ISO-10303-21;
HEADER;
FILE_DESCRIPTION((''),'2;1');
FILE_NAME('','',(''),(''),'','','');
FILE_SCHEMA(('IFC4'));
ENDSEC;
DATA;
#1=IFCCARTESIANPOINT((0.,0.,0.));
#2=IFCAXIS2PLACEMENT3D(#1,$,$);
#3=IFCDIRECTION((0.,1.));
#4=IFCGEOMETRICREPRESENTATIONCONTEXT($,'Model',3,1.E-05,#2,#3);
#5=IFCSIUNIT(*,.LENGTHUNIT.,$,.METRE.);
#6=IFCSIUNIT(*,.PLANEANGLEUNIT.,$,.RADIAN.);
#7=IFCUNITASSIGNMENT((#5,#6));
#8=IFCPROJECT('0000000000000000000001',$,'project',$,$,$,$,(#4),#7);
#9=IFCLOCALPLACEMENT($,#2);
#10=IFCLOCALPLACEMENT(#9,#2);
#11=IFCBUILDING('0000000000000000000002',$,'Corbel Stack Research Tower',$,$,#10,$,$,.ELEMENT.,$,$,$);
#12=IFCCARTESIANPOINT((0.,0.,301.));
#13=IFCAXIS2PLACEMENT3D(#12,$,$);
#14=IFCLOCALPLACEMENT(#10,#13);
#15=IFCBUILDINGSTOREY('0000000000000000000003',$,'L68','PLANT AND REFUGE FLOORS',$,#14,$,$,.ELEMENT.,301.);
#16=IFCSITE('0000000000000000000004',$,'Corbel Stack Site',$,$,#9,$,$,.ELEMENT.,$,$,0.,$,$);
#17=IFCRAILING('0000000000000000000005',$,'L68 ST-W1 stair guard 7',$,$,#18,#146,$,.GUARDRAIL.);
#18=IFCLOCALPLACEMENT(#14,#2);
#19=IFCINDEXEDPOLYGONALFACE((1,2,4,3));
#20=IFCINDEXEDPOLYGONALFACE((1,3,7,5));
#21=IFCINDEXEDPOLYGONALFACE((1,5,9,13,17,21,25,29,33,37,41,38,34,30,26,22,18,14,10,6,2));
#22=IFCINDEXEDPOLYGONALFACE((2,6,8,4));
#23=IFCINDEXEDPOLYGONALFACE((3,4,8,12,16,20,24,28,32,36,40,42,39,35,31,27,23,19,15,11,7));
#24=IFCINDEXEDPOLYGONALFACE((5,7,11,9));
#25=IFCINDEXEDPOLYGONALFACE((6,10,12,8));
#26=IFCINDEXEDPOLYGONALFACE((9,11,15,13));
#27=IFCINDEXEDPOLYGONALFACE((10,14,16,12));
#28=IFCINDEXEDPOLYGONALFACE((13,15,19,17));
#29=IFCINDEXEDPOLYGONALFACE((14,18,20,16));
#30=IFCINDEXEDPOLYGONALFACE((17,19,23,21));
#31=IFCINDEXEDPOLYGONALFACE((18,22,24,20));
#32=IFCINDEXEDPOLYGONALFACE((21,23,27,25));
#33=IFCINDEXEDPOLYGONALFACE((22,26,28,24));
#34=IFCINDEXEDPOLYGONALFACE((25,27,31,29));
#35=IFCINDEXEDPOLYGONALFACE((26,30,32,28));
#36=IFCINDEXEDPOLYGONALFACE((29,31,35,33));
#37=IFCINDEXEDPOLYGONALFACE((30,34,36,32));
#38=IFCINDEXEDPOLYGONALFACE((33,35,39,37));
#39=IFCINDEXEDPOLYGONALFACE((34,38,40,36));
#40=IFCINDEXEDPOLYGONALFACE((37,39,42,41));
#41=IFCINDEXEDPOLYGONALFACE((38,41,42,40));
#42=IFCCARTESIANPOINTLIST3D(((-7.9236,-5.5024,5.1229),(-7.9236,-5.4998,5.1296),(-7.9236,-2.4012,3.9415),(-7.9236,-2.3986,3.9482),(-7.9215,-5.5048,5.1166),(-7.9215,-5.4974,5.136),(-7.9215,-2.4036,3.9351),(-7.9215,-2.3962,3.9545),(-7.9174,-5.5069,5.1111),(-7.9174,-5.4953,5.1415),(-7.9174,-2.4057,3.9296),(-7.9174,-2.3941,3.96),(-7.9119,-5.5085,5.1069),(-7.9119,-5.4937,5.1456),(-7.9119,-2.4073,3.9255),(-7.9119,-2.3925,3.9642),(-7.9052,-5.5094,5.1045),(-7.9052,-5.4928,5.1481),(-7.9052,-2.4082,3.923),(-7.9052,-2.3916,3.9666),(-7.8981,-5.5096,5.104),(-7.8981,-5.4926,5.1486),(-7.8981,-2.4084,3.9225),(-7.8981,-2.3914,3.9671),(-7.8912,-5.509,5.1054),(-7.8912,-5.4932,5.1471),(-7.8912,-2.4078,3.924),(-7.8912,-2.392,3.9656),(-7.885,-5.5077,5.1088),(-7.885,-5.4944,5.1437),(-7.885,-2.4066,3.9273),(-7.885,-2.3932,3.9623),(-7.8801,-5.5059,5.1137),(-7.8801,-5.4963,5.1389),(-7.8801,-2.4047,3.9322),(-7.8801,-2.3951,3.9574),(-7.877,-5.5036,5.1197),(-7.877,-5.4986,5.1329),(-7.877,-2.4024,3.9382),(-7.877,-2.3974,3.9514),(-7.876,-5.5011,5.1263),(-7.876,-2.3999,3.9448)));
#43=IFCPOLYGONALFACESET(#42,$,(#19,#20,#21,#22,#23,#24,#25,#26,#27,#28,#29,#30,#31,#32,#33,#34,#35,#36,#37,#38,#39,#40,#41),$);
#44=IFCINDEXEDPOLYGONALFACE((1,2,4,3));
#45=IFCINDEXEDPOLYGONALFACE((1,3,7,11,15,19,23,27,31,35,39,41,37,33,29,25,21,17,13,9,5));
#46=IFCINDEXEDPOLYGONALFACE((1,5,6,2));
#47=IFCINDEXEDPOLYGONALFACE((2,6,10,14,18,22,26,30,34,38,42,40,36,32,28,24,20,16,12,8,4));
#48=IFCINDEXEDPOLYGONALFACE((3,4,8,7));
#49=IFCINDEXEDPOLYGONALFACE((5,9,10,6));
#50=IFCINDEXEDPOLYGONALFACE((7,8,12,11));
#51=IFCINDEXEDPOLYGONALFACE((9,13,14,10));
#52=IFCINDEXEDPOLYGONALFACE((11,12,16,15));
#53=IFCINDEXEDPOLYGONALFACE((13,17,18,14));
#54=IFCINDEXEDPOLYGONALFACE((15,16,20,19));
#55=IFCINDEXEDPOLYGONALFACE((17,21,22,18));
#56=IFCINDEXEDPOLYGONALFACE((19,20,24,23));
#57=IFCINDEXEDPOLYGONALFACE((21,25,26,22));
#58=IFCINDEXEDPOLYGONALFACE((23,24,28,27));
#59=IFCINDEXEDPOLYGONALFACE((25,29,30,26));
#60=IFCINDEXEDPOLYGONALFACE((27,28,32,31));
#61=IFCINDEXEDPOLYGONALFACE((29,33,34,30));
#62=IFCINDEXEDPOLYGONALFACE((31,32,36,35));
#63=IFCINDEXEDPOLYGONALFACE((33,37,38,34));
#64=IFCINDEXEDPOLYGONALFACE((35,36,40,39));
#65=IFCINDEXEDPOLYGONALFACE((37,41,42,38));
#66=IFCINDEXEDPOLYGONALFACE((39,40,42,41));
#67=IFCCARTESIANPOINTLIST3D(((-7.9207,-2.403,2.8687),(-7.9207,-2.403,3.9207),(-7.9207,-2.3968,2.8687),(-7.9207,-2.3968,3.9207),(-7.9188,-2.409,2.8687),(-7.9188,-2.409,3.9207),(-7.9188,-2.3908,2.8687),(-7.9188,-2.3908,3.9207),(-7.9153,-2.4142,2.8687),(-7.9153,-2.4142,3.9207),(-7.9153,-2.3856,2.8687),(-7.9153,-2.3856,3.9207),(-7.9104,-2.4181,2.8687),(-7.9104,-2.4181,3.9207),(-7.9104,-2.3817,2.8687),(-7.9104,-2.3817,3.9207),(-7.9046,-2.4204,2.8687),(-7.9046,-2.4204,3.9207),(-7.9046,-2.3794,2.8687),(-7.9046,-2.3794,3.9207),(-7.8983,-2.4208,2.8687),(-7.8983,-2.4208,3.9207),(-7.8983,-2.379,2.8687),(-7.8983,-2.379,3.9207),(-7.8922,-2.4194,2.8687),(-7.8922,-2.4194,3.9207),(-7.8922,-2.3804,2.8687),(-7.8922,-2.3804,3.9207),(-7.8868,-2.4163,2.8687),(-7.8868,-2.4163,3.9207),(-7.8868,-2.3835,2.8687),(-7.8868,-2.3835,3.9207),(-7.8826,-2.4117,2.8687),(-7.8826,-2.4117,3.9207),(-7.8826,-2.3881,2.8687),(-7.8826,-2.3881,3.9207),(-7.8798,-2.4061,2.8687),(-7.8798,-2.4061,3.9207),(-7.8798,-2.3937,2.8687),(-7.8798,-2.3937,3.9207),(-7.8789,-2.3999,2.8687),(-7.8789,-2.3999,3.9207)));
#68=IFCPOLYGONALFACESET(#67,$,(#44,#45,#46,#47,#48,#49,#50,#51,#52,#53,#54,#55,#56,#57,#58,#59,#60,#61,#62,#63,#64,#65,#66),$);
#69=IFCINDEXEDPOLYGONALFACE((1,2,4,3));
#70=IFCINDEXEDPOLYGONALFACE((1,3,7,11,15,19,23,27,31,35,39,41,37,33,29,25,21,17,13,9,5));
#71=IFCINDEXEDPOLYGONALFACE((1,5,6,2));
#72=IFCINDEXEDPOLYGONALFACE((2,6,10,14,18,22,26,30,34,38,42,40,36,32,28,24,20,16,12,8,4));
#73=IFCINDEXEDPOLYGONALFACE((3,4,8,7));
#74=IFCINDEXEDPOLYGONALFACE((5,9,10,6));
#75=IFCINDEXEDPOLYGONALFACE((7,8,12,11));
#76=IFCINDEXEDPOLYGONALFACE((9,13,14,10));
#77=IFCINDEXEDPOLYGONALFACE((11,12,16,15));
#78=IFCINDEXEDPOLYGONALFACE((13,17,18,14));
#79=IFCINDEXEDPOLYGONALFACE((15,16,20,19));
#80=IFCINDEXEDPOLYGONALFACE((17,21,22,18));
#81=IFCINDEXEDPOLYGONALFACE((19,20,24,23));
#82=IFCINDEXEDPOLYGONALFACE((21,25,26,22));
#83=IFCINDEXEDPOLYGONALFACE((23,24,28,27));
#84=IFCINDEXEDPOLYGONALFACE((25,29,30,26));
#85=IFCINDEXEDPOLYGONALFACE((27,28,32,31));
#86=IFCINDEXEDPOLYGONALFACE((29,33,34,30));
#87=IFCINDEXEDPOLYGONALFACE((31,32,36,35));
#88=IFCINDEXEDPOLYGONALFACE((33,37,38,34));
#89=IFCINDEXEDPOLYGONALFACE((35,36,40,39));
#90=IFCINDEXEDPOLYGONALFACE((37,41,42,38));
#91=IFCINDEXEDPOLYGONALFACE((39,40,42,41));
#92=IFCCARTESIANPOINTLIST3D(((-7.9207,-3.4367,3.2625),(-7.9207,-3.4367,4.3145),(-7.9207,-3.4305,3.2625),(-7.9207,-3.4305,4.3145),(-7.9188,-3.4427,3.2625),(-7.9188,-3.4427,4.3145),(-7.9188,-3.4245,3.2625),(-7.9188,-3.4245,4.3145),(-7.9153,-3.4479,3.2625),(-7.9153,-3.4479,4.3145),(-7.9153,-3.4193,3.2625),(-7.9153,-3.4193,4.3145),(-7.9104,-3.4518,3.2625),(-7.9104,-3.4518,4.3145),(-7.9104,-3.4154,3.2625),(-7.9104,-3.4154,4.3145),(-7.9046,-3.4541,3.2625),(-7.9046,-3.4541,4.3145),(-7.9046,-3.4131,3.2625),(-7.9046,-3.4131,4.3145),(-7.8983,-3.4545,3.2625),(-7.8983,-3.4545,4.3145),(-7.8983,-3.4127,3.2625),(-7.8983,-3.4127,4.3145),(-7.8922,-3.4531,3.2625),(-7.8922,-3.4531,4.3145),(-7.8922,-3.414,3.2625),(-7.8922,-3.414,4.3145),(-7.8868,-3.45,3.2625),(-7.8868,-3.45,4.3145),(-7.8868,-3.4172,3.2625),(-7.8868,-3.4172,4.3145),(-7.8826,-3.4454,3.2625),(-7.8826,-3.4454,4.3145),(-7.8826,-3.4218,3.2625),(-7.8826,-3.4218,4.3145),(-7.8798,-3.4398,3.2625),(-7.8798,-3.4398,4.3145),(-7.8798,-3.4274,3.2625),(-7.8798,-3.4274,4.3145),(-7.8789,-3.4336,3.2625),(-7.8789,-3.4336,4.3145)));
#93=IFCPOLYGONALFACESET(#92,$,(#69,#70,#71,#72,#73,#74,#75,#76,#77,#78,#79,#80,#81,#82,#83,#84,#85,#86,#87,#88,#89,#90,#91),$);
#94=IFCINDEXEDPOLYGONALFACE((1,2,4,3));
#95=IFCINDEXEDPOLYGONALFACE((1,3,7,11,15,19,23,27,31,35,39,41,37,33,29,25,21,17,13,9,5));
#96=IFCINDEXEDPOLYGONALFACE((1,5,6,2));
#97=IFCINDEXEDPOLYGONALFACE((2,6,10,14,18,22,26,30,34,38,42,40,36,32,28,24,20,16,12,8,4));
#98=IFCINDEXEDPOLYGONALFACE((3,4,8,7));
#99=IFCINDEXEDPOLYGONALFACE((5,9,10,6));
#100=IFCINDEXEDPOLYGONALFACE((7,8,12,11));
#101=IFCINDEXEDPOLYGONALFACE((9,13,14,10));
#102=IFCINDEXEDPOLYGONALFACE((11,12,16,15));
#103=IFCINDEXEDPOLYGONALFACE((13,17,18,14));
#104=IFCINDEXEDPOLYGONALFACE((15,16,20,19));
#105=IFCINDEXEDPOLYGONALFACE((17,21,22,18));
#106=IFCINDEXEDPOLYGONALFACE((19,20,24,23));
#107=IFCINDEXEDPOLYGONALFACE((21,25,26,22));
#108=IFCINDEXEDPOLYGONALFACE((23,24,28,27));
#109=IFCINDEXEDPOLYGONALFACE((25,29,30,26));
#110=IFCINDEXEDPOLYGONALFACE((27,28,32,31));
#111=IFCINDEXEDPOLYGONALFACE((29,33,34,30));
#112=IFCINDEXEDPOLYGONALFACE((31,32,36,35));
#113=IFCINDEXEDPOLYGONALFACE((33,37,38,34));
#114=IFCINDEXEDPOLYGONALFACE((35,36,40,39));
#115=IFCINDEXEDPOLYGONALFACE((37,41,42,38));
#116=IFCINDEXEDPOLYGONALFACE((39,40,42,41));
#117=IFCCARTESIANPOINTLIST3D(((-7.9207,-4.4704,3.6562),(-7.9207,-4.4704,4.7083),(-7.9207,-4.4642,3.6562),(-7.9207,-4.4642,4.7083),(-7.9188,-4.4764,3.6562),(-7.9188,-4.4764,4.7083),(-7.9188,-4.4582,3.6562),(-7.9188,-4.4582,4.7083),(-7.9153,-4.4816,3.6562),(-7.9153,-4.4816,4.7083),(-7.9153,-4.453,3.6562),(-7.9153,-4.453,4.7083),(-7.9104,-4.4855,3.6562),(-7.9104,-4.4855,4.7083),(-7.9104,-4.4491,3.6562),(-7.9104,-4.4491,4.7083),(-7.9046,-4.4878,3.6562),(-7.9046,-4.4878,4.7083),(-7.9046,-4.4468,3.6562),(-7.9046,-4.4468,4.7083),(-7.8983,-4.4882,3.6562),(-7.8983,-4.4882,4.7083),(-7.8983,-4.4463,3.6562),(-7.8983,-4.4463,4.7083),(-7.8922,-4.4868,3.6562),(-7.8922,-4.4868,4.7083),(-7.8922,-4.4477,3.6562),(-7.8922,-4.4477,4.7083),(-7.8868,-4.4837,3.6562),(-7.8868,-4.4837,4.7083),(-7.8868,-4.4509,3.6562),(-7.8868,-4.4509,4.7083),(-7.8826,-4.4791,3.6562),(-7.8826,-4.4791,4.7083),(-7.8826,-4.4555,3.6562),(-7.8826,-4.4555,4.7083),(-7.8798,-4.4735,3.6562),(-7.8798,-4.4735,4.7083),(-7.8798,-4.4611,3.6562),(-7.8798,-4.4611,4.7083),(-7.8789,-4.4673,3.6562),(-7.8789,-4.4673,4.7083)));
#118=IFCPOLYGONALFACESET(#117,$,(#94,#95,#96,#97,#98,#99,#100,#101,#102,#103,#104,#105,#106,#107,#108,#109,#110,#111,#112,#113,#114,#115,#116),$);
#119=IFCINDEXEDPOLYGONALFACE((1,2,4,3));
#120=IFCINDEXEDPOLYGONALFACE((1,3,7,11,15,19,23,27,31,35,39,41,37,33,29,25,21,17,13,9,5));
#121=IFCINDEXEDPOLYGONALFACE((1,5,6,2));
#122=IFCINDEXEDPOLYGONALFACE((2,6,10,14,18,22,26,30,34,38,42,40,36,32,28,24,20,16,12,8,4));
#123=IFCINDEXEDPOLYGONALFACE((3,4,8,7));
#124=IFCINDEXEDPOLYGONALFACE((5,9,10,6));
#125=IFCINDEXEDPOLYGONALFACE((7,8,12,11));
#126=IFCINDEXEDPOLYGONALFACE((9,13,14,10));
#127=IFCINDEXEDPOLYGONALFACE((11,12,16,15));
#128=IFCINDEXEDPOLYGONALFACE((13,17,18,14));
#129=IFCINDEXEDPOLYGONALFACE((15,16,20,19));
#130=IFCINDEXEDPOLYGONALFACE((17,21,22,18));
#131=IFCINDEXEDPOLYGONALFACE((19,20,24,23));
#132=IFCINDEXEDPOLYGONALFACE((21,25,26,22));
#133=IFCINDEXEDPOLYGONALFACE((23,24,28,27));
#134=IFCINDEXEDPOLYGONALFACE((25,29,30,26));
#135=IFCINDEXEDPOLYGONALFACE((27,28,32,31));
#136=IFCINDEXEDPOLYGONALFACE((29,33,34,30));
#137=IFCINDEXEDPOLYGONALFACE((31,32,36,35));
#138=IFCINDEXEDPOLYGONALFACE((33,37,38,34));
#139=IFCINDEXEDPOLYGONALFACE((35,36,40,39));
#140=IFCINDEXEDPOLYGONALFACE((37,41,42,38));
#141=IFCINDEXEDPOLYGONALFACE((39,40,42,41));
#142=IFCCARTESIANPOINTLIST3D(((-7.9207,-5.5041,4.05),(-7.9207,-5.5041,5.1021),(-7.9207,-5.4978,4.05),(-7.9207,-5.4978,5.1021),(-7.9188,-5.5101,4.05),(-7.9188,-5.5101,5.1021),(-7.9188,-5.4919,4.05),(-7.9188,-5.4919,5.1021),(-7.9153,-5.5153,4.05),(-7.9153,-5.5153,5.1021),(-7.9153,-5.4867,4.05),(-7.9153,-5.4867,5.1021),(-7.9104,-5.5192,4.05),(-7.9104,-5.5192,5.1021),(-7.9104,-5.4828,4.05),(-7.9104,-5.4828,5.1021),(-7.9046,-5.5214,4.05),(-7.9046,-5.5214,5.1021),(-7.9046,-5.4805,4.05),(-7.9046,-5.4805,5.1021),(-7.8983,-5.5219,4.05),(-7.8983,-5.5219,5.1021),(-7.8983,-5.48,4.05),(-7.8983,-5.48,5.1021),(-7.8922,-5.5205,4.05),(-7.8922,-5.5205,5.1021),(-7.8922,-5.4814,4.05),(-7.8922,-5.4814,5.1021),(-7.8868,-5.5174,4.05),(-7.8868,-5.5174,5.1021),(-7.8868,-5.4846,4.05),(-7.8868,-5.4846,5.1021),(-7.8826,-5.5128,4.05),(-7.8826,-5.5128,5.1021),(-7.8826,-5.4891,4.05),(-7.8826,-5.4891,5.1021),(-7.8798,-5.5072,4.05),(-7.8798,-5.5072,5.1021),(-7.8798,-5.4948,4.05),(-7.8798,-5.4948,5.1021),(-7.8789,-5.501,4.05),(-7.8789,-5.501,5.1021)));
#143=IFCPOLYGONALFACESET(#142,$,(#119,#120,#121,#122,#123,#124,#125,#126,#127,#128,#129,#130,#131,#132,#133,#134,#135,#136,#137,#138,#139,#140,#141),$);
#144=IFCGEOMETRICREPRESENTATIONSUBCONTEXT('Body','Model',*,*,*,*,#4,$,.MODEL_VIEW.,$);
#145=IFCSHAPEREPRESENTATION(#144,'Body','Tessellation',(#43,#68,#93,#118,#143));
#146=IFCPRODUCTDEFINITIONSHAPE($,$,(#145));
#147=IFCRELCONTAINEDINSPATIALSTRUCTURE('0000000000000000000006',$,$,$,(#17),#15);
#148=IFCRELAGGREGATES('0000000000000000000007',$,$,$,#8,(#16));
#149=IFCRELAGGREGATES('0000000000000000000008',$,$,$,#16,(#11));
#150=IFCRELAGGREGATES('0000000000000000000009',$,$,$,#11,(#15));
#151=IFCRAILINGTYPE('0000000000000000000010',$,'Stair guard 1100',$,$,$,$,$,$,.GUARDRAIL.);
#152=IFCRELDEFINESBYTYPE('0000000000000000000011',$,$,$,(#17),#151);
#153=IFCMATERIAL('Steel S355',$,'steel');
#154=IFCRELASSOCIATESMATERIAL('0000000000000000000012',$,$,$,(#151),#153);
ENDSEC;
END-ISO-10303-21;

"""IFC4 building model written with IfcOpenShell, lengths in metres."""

from ifc_helpers import new_model, si_unit, direction, frame, origin, origin_2d, place, context, subcontext, project, spatial, circle, extrude, material, type_object, element, save


model = new_model("IFC4")

# Units and contexts
model_context = context("Model", 3, precision=1e-05, world=origin(), true_north=direction((0.0, 1.0)))
body_context = subcontext(model_context, "Body", "Model", "MODEL_VIEW")
ifc_project = project(units=[si_unit("LENGTHUNIT", "METRE"), si_unit("PLANEANGLEUNIT", "RADIAN")], contexts=[model_context])

# Site, building, storey
site_placement = place(None, origin())
site = spatial("IfcSite", under=ifc_project, at=site_placement, Name="Corbel Stack Site", CompositionType="ELEMENT", RefElevation=0.0)
building_placement = place(site_placement, origin())
building = spatial("IfcBuilding", under=site, at=building_placement, Name="Corbel Stack Research Tower", CompositionType="ELEMENT")
storey_placement = place(building_placement, frame((0.0, 0.0, 301.0)))
storey = spatial("IfcBuildingStorey", under=building, at=storey_placement, Name="L68", Description="PLANT AND REFUGE FLOORS", CompositionType="ELEMENT", Elevation=301.0)

# Railing
ifc_material_1 = material(Name="Steel S355", Category="steel")
railing_type_1 = type_object("IfcRailingType", Name="Stair guard 1100", PredefinedType="GUARDRAIL", material=ifc_material_1)
railing_1_placement = place(storey_placement, frame((-7.8999, -2.3999, 2.8687)))
element("IfcRailing", 1, at=railing_1_placement, inside=storey, type_object=railing_type_1, Name="L68 ST-W1 stair guard 7", PredefinedType="GUARDRAIL", context=body_context, shape_type="SweptSolid", body=[
    extrude(circle(Radius=0.0239, at=origin_2d()), frame((0.0, 0.0, 1.0762), z_axis=(0.0, -0.934484, 0.356005), x_axis=(1.0, 0.0, 0.0)), (0.0, 0.0, 1.0), 3.3186),
    extrude(circle(Radius=0.021, at=origin_2d()), origin(), (0.0, 0.0, 1.0), 1.052),
    extrude(circle(Radius=0.021, at=origin_2d()), frame((0.0, -1.0337, 0.3938)), (0.0, 0.0, 1.0), 1.052),
    extrude(circle(Radius=0.021, at=origin_2d()), frame((0.0, -2.0674, 0.7876)), (0.0, 0.0, 1.0), 1.052),
    extrude(circle(Radius=0.021, at=origin_2d()), frame((0.0, -3.1011, 1.1814)), (0.0, 0.0, 1.0), 1.052),
])

save(model, "model.ifc")
